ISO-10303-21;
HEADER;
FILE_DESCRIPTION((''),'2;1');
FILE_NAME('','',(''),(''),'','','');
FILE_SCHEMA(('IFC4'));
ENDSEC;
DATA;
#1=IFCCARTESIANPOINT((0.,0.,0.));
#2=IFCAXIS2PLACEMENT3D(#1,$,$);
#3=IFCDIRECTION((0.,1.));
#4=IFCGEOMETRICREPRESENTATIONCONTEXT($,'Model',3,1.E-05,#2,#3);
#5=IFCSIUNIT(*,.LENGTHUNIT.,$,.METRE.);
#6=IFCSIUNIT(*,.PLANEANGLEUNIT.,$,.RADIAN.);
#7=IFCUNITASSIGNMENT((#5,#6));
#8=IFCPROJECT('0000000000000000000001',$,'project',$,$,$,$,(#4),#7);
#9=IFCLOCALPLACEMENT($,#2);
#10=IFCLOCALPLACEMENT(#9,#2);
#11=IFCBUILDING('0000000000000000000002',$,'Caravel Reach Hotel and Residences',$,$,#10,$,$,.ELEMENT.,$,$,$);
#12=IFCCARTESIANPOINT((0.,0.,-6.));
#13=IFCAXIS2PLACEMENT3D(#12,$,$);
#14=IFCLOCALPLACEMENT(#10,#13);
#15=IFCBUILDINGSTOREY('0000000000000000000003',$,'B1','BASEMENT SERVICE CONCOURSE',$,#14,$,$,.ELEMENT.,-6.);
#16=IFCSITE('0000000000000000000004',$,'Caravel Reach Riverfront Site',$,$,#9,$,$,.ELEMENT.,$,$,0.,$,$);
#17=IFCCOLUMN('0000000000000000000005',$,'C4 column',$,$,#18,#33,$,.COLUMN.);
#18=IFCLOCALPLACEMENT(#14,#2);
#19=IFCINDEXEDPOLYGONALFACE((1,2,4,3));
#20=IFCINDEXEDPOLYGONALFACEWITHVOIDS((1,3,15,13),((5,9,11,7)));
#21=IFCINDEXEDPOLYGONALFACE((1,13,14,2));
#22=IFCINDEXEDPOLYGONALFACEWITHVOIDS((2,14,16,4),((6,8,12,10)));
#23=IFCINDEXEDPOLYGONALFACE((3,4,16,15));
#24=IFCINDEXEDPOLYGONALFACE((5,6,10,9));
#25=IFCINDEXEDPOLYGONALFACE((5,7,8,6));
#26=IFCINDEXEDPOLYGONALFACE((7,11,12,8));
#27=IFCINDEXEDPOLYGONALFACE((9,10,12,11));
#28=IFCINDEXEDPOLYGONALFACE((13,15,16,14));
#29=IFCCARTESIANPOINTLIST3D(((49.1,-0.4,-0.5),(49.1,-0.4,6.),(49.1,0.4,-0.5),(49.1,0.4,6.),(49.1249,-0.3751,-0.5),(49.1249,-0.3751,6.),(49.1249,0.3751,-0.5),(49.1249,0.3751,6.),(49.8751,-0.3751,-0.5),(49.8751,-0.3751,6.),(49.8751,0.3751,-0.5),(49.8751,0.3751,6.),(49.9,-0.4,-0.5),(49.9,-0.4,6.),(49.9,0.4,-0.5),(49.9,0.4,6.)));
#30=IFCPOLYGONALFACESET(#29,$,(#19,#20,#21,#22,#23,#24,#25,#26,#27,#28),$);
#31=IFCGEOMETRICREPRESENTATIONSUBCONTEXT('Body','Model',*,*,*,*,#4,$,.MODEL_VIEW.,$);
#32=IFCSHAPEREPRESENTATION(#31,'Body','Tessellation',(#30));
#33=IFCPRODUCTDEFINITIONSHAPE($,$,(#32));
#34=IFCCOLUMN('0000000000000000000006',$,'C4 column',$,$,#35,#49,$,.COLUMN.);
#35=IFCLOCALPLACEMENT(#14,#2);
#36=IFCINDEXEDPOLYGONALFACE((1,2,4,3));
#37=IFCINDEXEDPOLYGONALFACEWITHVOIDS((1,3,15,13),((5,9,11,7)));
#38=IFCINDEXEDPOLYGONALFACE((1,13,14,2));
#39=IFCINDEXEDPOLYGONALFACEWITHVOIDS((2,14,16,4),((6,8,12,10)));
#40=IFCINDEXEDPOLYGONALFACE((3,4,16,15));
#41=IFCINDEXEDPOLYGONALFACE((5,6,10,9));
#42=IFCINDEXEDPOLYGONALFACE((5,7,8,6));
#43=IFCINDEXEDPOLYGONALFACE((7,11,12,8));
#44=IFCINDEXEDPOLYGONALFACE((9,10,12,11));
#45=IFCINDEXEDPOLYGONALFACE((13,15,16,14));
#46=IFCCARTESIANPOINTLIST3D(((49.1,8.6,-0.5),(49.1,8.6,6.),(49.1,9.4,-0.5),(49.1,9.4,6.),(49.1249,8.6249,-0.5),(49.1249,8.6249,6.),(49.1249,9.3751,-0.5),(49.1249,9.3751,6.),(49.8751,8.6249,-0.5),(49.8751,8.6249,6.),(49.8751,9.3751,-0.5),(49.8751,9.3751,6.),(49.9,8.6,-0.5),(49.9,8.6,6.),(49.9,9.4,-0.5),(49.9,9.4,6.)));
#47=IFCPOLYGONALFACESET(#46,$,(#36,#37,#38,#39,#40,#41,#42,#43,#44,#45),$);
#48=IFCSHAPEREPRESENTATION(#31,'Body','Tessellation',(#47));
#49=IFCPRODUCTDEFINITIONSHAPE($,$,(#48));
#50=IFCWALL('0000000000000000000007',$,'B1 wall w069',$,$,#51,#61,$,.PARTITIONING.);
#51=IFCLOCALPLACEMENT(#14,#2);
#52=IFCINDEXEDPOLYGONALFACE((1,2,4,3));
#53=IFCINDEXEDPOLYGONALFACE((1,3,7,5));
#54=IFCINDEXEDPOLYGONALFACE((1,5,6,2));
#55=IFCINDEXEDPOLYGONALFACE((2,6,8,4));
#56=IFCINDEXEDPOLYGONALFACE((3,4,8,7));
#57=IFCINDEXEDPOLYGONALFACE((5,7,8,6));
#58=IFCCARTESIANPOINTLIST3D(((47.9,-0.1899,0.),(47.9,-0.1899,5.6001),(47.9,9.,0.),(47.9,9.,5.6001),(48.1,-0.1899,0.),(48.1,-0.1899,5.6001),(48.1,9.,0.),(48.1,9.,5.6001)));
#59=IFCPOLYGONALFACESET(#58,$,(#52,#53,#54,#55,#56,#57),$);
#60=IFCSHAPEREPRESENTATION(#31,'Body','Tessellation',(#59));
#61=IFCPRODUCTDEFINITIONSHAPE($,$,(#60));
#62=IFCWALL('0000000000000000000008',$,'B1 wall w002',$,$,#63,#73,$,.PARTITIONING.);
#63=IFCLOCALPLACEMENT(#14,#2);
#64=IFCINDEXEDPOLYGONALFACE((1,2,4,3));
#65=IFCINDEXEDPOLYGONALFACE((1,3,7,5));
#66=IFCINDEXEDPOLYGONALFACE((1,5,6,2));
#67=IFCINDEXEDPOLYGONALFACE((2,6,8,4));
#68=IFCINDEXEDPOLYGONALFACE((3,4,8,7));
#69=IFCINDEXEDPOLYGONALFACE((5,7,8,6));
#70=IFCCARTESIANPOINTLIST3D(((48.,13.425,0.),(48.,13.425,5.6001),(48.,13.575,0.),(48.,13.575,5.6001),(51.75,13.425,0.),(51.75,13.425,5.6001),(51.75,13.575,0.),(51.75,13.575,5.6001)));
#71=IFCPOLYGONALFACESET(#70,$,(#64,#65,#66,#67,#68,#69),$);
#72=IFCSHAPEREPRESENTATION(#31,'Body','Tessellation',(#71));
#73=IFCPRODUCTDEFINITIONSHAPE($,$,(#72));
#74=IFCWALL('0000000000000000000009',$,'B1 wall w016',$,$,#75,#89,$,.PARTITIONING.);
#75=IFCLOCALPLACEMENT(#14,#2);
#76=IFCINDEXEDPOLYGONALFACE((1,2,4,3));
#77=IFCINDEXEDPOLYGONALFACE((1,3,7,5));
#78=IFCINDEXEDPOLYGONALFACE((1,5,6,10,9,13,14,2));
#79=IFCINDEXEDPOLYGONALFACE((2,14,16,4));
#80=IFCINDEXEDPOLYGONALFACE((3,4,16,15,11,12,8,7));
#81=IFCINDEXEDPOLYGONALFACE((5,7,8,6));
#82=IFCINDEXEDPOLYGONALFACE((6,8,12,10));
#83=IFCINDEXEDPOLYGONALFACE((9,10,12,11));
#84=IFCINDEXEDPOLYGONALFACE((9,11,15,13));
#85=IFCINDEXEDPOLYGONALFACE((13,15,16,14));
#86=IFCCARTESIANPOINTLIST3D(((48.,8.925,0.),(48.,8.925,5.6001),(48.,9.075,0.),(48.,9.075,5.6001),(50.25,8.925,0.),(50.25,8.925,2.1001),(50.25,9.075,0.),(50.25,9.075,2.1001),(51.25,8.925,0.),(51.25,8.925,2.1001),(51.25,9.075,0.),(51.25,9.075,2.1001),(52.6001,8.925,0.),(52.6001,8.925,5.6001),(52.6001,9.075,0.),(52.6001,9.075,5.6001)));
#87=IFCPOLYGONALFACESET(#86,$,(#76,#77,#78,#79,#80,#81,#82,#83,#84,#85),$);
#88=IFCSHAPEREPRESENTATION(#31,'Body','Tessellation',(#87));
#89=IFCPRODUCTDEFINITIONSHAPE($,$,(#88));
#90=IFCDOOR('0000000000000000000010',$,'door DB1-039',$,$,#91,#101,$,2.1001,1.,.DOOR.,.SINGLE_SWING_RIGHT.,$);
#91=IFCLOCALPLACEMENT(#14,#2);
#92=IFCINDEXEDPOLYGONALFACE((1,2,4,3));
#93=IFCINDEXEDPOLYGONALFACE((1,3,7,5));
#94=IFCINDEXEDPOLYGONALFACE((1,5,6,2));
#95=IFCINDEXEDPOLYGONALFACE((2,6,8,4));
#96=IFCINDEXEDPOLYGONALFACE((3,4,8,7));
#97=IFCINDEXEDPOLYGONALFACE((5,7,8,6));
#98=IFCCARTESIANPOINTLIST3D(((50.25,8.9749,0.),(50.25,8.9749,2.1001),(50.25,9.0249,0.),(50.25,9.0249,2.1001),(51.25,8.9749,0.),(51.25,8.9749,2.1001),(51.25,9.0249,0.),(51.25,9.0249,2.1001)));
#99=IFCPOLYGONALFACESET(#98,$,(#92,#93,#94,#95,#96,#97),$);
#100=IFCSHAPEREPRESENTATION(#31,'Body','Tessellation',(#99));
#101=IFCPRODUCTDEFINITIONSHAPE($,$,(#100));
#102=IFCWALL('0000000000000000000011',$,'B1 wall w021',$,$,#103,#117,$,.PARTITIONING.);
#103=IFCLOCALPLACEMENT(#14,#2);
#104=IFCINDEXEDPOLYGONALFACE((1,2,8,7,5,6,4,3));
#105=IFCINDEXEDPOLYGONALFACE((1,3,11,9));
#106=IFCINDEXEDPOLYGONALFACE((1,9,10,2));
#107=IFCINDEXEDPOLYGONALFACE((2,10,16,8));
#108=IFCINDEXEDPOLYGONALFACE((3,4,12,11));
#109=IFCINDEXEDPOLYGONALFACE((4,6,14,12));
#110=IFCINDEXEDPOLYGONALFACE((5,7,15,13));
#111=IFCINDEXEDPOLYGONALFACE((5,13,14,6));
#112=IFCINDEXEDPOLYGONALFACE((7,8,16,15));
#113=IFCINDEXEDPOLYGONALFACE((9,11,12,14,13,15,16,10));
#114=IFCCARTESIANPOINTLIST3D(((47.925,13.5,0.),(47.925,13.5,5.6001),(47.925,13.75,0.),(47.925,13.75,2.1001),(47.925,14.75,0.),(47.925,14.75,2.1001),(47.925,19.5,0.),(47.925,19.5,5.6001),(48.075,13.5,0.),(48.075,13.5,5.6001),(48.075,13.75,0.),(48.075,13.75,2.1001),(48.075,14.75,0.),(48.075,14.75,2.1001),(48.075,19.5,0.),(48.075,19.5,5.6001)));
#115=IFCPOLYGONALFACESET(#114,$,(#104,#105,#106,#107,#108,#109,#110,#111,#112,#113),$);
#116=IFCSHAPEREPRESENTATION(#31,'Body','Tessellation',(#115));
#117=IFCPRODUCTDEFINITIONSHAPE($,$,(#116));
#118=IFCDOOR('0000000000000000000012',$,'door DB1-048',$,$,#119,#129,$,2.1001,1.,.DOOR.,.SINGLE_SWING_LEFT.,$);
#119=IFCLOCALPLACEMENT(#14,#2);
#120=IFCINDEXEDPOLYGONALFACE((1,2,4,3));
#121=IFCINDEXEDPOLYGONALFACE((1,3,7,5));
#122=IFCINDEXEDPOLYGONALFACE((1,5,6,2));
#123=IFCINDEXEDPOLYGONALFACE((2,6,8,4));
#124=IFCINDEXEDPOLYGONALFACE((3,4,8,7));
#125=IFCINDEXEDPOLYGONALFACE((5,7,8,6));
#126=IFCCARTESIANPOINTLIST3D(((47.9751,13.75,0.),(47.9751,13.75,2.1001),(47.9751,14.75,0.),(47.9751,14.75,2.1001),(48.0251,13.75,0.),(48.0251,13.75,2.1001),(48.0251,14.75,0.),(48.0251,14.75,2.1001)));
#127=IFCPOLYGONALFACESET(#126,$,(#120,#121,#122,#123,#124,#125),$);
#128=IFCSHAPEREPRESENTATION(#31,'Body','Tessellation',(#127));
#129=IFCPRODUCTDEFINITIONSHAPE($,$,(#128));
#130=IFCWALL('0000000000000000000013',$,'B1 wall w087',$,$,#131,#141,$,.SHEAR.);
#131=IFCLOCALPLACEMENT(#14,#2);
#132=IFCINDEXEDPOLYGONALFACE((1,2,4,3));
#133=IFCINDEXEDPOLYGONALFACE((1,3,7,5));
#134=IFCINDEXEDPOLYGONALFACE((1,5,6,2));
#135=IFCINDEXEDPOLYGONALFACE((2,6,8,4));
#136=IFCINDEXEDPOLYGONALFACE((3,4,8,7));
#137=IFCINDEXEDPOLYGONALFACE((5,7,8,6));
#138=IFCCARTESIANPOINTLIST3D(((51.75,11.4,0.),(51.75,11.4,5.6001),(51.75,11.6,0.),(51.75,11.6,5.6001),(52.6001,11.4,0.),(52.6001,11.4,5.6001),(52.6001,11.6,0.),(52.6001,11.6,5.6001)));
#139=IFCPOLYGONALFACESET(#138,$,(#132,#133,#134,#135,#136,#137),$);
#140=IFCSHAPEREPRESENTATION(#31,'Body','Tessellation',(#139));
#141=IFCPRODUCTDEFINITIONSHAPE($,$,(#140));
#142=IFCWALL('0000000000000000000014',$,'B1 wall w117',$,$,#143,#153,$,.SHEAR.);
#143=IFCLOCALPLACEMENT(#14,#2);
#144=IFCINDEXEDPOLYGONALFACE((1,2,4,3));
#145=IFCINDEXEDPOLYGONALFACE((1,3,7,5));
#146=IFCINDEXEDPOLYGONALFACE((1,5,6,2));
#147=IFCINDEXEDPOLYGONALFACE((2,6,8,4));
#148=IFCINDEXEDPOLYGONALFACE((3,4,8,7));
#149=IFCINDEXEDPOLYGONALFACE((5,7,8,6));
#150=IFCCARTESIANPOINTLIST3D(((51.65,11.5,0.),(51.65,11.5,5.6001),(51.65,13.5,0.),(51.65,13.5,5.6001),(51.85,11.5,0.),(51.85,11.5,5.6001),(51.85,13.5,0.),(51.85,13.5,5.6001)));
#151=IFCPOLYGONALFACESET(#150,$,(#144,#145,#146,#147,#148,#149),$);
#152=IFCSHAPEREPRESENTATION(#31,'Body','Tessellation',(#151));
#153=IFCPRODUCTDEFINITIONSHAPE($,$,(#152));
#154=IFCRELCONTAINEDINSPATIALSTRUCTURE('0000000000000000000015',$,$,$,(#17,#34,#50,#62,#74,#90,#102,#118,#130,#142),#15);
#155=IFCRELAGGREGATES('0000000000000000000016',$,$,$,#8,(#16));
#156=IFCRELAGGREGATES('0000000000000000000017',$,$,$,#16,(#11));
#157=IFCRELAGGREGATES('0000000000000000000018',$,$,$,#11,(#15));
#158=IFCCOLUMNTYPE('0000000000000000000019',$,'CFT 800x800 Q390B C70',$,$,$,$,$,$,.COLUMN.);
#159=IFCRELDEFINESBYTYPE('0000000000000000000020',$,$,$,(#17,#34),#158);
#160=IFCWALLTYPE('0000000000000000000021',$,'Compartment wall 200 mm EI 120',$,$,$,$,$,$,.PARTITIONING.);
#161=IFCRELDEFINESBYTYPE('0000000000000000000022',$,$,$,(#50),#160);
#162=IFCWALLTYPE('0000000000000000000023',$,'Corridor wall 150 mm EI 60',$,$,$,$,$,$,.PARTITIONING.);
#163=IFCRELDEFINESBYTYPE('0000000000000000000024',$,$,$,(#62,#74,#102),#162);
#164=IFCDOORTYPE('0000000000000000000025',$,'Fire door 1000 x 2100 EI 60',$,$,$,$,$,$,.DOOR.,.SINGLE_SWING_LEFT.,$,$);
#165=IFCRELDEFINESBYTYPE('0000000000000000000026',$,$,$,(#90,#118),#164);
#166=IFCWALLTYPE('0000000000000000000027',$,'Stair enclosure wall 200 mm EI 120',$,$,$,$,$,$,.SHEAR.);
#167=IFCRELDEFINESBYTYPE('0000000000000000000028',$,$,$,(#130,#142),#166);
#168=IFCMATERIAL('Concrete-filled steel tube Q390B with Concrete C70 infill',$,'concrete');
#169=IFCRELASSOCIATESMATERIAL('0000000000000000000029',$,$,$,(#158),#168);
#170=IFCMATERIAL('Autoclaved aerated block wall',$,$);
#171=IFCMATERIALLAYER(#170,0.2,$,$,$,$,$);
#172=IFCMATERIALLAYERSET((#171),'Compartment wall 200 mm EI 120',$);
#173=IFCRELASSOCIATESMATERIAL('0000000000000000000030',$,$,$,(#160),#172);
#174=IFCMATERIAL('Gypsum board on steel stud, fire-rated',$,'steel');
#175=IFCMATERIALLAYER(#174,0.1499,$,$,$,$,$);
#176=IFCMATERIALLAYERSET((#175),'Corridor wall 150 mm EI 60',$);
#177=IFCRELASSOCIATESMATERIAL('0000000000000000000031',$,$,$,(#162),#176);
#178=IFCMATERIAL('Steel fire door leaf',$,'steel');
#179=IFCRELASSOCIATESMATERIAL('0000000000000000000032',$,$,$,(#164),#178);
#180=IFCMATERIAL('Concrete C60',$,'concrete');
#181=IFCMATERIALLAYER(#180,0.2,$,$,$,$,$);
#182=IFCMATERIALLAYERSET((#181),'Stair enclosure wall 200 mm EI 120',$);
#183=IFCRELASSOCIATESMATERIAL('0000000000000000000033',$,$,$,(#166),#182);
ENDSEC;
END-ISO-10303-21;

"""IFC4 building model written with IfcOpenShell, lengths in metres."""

from ifc_helpers import new_model, si_unit, direction, frame, frame_2d, origin, origin_2d, place, context, subcontext, project, spatial, rectangle, hollow_rectangle, extrude, material, layer, layer_set, material_profile, profile_set, type_object, element, fill, save


model = new_model("IFC4")

# Units and contexts
model_context = context("Model", 3, precision=1e-05, world=origin(), true_north=direction((0.0, 1.0)))
body_context = subcontext(model_context, "Body", "Model", "MODEL_VIEW")
ifc_project = project(units=[si_unit("LENGTHUNIT", "METRE"), si_unit("PLANEANGLEUNIT", "RADIAN")], contexts=[model_context])

# Site, building, storey
site_placement = place(None, origin())
site = spatial("IfcSite", under=ifc_project, at=site_placement, Name="Caravel Reach Riverfront Site", CompositionType="ELEMENT", RefElevation=0.0)
building_placement = place(site_placement, origin())
building = spatial("IfcBuilding", under=site, at=building_placement, Name="Caravel Reach Hotel and Residences", CompositionType="ELEMENT")
storey_placement = place(building_placement, frame((0.0, 0.0, -6.0)))
storey = spatial("IfcBuildingStorey", under=building, at=storey_placement, Name="B1", Description="BASEMENT SERVICE CONCOURSE", CompositionType="ELEMENT", Elevation=-6.0)

# Columns
ifc_material_1 = material(Name="Concrete-filled steel tube Q390B with Concrete C70 infill", Category="concrete")
ifc_material_profile_1 = material_profile(ifc_material_1, hollow_rectangle(XDim=0.8, YDim=0.8, WallThickness=0.0249, at=origin_2d()), Name="RHS 800x800x25")
ifc_profile_set_1 = profile_set([ifc_material_profile_1], Name="Concrete-filled steel tube Q390B with Concrete C70 infill")
column_type_1 = type_object("IfcColumnType", Name="CFT 800x800 Q390B C70", PredefinedType="COLUMN", material=ifc_profile_set_1)
for number, where, z_axis, x_axis, name in (
    (1, (49.5, 0.0, -0.5), (0.0, 0.0, 1.0), (1.0, 0.0, 0.0), "C4 column"),
    (2, (49.5, 9.0, -0.5), (0.0, 0.0, 1.0), (1.0, 0.0, 0.0), "C4 column"),
):
    element("IfcColumn", number, at=place(storey_placement, frame(where, z_axis=z_axis, x_axis=x_axis)), inside=storey, type_object=column_type_1, Name=name, PredefinedType="COLUMN", context=body_context, shape_type="SweptSolid", body=[
        extrude(hollow_rectangle(XDim=0.8, YDim=0.8, WallThickness=0.0249, at=origin_2d()), origin(), (0.0, 0.0, 1.0), 6.5),
    ])

# Walls
ifc_material_2 = material(Name="Autoclaved aerated block wall")
ifc_layer_1 = layer(ifc_material_2, 0.2)
ifc_layer_set_1 = layer_set([ifc_layer_1], Name="Compartment wall 200 mm EI 120")
wall_type_1 = type_object("IfcWallType", Name="Compartment wall 200 mm EI 120", PredefinedType="PARTITIONING", material=ifc_layer_set_1)
wall_1_placement = place(storey_placement, frame((48.0, -0.1899, 0.0), z_axis=(0.0, 0.0, 1.0), x_axis=(0.0, 1.0, 0.0)))
element("IfcWall", 3, at=wall_1_placement, inside=storey, type_object=wall_type_1, Name="B1 wall w069", PredefinedType="PARTITIONING", context=body_context, shape_type="SweptSolid", body=[
    extrude(rectangle(XDim=9.1899, YDim=0.2, at=frame_2d((4.595, 0.0))), origin(), (0.0, 0.0, 1.0), 5.6001),
])
ifc_material_3 = material(Name="Gypsum board on steel stud, fire-rated", Category="steel")
ifc_layer_2 = layer(ifc_material_3, 0.1499)
ifc_layer_set_2 = layer_set([ifc_layer_2], Name="Corridor wall 150 mm EI 60")
wall_type_2 = type_object("IfcWallType", Name="Corridor wall 150 mm EI 60", PredefinedType="PARTITIONING", material=ifc_layer_set_2)
wall_2_placement = place(storey_placement, frame((48.0, 13.5, 0.0), z_axis=(0.0, 0.0, 1.0), x_axis=(1.0, 0.0, 0.0)))
element("IfcWall", 4, at=wall_2_placement, inside=storey, type_object=wall_type_2, Name="B1 wall w002", PredefinedType="PARTITIONING", context=body_context, shape_type="SweptSolid", body=[
    extrude(rectangle(XDim=3.75, YDim=0.1499, at=frame_2d((1.875, 0.0))), origin(), (0.0, 0.0, 1.0), 5.6001),
])

# Walls, openings, doors
wall_3_placement = place(storey_placement, frame((48.0, 9.0, 0.0), z_axis=(0.0, 0.0, 1.0), x_axis=(1.0, 0.0, 0.0)))
wall_3 = element("IfcWall", 5, at=wall_3_placement, inside=storey, type_object=wall_type_2, Name="B1 wall w016", PredefinedType="PARTITIONING", context=body_context, shape_type="SweptSolid", body=[
    extrude(rectangle(XDim=4.6001, YDim=0.1499, at=frame_2d((2.3, 0.0))), origin(), (0.0, 0.0, 1.0), 5.6001),
])
opening_1_placement = place(wall_3_placement, frame((2.25, 0.0, 0.0)))
opening_1 = element("IfcOpeningElement", 6, at=opening_1_placement, cuts=wall_3, PredefinedType="OPENING", context=body_context, shape_type="SweptSolid", body=[
    extrude(rectangle(XDim=1.0, YDim=2.1001, at=frame_2d((0.5, 1.05))), frame((0.0, 0.085, 0.0), z_axis=(0.0, -1.0, 0.0), x_axis=(1.0, 0.0, 0.0)), (0.0, 0.0, 1.0), 0.1699),
])
ifc_material_4 = material(Name="Steel fire door leaf", Category="steel")
door_type = type_object("IfcDoorType", Name="Fire door 1000 x 2100 EI 60", OperationType="SINGLE_SWING_LEFT", PredefinedType="DOOR", material=ifc_material_4)
door_1_placement = place(opening_1_placement, origin())
door_1 = element("IfcDoor", 7, at=door_1_placement, inside=storey, type_object=door_type, Name="door DB1-039", OperationType="SINGLE_SWING_RIGHT", OverallHeight=2.1001, OverallWidth=1.0, PredefinedType="DOOR", context=body_context, shape_type="SweptSolid", body=[
    extrude(rectangle(XDim=1.0, YDim=2.1001, at=frame_2d((0.5, 1.05))), frame((0.0, 0.0249, 0.0), z_axis=(0.0, -1.0, 0.0), x_axis=(1.0, 0.0, 0.0)), (0.0, 0.0, 1.0), 0.05),
])
fill(opening_1, door_1)
wall_4_placement = place(storey_placement, frame((48.0, 13.5, 0.0), z_axis=(0.0, 0.0, 1.0), x_axis=(0.0, 1.0, 0.0)))
wall_4 = element("IfcWall", 8, at=wall_4_placement, inside=storey, type_object=wall_type_2, Name="B1 wall w021", PredefinedType="PARTITIONING", context=body_context, shape_type="SweptSolid", body=[
    extrude(rectangle(XDim=6.0, YDim=0.1499, at=frame_2d((3.0, 0.0))), origin(), (0.0, 0.0, 1.0), 5.6001),
])
opening_2_placement = place(wall_4_placement, frame((0.25, 0.0, 0.0)))
opening_2 = element("IfcOpeningElement", 9, at=opening_2_placement, cuts=wall_4, PredefinedType="OPENING", context=body_context, shape_type="SweptSolid", body=[
    extrude(rectangle(XDim=1.0, YDim=2.1001, at=frame_2d((0.5, 1.05))), frame((0.0, 0.085, 0.0), z_axis=(0.0, -1.0, 0.0), x_axis=(1.0, 0.0, 0.0)), (0.0, 0.0, 1.0), 0.1699),
])
door_2_placement = place(opening_2_placement, origin())
door_2 = element("IfcDoor", 10, at=door_2_placement, inside=storey, type_object=door_type, Name="door DB1-048", OperationType="SINGLE_SWING_LEFT", OverallHeight=2.1001, OverallWidth=1.0, PredefinedType="DOOR", context=body_context, shape_type="SweptSolid", body=[
    extrude(rectangle(XDim=1.0, YDim=2.1001, at=frame_2d((0.5, 1.05))), frame((0.0, 0.0249, 0.0), z_axis=(0.0, -1.0, 0.0), x_axis=(1.0, 0.0, 0.0)), (0.0, 0.0, 1.0), 0.05),
])
fill(opening_2, door_2)

# Walls
ifc_material_5 = material(Name="Concrete C60", Category="concrete")
ifc_layer_3 = layer(ifc_material_5, 0.2)
ifc_layer_set_3 = layer_set([ifc_layer_3], Name="Stair enclosure wall 200 mm EI 120")
wall_type_3 = type_object("IfcWallType", Name="Stair enclosure wall 200 mm EI 120", PredefinedType="SHEAR", material=ifc_layer_set_3)
wall_5_placement = place(storey_placement, frame((51.75, 11.5, 0.0), z_axis=(0.0, 0.0, 1.0), x_axis=(1.0, 0.0, 0.0)))
element("IfcWall", 11, at=wall_5_placement, inside=storey, type_object=wall_type_3, Name="B1 wall w087", PredefinedType="SHEAR", context=body_context, shape_type="SweptSolid", body=[
    extrude(rectangle(XDim=0.8501, YDim=0.2, at=frame_2d((0.425, 0.0))), origin(), (0.0, 0.0, 1.0), 5.6001),
])
wall_6_placement = place(storey_placement, frame((51.75, 11.5, 0.0), z_axis=(0.0, 0.0, 1.0), x_axis=(0.0, 1.0, 0.0)))
element("IfcWall", 12, at=wall_6_placement, inside=storey, type_object=wall_type_3, Name="B1 wall w117", PredefinedType="SHEAR", context=body_context, shape_type="SweptSolid", body=[
    extrude(rectangle(XDim=2.0, YDim=0.2, at=frame_2d((1.0, 0.0))), origin(), (0.0, 0.0, 1.0), 5.6001),
])

save(model, "model.ifc")
